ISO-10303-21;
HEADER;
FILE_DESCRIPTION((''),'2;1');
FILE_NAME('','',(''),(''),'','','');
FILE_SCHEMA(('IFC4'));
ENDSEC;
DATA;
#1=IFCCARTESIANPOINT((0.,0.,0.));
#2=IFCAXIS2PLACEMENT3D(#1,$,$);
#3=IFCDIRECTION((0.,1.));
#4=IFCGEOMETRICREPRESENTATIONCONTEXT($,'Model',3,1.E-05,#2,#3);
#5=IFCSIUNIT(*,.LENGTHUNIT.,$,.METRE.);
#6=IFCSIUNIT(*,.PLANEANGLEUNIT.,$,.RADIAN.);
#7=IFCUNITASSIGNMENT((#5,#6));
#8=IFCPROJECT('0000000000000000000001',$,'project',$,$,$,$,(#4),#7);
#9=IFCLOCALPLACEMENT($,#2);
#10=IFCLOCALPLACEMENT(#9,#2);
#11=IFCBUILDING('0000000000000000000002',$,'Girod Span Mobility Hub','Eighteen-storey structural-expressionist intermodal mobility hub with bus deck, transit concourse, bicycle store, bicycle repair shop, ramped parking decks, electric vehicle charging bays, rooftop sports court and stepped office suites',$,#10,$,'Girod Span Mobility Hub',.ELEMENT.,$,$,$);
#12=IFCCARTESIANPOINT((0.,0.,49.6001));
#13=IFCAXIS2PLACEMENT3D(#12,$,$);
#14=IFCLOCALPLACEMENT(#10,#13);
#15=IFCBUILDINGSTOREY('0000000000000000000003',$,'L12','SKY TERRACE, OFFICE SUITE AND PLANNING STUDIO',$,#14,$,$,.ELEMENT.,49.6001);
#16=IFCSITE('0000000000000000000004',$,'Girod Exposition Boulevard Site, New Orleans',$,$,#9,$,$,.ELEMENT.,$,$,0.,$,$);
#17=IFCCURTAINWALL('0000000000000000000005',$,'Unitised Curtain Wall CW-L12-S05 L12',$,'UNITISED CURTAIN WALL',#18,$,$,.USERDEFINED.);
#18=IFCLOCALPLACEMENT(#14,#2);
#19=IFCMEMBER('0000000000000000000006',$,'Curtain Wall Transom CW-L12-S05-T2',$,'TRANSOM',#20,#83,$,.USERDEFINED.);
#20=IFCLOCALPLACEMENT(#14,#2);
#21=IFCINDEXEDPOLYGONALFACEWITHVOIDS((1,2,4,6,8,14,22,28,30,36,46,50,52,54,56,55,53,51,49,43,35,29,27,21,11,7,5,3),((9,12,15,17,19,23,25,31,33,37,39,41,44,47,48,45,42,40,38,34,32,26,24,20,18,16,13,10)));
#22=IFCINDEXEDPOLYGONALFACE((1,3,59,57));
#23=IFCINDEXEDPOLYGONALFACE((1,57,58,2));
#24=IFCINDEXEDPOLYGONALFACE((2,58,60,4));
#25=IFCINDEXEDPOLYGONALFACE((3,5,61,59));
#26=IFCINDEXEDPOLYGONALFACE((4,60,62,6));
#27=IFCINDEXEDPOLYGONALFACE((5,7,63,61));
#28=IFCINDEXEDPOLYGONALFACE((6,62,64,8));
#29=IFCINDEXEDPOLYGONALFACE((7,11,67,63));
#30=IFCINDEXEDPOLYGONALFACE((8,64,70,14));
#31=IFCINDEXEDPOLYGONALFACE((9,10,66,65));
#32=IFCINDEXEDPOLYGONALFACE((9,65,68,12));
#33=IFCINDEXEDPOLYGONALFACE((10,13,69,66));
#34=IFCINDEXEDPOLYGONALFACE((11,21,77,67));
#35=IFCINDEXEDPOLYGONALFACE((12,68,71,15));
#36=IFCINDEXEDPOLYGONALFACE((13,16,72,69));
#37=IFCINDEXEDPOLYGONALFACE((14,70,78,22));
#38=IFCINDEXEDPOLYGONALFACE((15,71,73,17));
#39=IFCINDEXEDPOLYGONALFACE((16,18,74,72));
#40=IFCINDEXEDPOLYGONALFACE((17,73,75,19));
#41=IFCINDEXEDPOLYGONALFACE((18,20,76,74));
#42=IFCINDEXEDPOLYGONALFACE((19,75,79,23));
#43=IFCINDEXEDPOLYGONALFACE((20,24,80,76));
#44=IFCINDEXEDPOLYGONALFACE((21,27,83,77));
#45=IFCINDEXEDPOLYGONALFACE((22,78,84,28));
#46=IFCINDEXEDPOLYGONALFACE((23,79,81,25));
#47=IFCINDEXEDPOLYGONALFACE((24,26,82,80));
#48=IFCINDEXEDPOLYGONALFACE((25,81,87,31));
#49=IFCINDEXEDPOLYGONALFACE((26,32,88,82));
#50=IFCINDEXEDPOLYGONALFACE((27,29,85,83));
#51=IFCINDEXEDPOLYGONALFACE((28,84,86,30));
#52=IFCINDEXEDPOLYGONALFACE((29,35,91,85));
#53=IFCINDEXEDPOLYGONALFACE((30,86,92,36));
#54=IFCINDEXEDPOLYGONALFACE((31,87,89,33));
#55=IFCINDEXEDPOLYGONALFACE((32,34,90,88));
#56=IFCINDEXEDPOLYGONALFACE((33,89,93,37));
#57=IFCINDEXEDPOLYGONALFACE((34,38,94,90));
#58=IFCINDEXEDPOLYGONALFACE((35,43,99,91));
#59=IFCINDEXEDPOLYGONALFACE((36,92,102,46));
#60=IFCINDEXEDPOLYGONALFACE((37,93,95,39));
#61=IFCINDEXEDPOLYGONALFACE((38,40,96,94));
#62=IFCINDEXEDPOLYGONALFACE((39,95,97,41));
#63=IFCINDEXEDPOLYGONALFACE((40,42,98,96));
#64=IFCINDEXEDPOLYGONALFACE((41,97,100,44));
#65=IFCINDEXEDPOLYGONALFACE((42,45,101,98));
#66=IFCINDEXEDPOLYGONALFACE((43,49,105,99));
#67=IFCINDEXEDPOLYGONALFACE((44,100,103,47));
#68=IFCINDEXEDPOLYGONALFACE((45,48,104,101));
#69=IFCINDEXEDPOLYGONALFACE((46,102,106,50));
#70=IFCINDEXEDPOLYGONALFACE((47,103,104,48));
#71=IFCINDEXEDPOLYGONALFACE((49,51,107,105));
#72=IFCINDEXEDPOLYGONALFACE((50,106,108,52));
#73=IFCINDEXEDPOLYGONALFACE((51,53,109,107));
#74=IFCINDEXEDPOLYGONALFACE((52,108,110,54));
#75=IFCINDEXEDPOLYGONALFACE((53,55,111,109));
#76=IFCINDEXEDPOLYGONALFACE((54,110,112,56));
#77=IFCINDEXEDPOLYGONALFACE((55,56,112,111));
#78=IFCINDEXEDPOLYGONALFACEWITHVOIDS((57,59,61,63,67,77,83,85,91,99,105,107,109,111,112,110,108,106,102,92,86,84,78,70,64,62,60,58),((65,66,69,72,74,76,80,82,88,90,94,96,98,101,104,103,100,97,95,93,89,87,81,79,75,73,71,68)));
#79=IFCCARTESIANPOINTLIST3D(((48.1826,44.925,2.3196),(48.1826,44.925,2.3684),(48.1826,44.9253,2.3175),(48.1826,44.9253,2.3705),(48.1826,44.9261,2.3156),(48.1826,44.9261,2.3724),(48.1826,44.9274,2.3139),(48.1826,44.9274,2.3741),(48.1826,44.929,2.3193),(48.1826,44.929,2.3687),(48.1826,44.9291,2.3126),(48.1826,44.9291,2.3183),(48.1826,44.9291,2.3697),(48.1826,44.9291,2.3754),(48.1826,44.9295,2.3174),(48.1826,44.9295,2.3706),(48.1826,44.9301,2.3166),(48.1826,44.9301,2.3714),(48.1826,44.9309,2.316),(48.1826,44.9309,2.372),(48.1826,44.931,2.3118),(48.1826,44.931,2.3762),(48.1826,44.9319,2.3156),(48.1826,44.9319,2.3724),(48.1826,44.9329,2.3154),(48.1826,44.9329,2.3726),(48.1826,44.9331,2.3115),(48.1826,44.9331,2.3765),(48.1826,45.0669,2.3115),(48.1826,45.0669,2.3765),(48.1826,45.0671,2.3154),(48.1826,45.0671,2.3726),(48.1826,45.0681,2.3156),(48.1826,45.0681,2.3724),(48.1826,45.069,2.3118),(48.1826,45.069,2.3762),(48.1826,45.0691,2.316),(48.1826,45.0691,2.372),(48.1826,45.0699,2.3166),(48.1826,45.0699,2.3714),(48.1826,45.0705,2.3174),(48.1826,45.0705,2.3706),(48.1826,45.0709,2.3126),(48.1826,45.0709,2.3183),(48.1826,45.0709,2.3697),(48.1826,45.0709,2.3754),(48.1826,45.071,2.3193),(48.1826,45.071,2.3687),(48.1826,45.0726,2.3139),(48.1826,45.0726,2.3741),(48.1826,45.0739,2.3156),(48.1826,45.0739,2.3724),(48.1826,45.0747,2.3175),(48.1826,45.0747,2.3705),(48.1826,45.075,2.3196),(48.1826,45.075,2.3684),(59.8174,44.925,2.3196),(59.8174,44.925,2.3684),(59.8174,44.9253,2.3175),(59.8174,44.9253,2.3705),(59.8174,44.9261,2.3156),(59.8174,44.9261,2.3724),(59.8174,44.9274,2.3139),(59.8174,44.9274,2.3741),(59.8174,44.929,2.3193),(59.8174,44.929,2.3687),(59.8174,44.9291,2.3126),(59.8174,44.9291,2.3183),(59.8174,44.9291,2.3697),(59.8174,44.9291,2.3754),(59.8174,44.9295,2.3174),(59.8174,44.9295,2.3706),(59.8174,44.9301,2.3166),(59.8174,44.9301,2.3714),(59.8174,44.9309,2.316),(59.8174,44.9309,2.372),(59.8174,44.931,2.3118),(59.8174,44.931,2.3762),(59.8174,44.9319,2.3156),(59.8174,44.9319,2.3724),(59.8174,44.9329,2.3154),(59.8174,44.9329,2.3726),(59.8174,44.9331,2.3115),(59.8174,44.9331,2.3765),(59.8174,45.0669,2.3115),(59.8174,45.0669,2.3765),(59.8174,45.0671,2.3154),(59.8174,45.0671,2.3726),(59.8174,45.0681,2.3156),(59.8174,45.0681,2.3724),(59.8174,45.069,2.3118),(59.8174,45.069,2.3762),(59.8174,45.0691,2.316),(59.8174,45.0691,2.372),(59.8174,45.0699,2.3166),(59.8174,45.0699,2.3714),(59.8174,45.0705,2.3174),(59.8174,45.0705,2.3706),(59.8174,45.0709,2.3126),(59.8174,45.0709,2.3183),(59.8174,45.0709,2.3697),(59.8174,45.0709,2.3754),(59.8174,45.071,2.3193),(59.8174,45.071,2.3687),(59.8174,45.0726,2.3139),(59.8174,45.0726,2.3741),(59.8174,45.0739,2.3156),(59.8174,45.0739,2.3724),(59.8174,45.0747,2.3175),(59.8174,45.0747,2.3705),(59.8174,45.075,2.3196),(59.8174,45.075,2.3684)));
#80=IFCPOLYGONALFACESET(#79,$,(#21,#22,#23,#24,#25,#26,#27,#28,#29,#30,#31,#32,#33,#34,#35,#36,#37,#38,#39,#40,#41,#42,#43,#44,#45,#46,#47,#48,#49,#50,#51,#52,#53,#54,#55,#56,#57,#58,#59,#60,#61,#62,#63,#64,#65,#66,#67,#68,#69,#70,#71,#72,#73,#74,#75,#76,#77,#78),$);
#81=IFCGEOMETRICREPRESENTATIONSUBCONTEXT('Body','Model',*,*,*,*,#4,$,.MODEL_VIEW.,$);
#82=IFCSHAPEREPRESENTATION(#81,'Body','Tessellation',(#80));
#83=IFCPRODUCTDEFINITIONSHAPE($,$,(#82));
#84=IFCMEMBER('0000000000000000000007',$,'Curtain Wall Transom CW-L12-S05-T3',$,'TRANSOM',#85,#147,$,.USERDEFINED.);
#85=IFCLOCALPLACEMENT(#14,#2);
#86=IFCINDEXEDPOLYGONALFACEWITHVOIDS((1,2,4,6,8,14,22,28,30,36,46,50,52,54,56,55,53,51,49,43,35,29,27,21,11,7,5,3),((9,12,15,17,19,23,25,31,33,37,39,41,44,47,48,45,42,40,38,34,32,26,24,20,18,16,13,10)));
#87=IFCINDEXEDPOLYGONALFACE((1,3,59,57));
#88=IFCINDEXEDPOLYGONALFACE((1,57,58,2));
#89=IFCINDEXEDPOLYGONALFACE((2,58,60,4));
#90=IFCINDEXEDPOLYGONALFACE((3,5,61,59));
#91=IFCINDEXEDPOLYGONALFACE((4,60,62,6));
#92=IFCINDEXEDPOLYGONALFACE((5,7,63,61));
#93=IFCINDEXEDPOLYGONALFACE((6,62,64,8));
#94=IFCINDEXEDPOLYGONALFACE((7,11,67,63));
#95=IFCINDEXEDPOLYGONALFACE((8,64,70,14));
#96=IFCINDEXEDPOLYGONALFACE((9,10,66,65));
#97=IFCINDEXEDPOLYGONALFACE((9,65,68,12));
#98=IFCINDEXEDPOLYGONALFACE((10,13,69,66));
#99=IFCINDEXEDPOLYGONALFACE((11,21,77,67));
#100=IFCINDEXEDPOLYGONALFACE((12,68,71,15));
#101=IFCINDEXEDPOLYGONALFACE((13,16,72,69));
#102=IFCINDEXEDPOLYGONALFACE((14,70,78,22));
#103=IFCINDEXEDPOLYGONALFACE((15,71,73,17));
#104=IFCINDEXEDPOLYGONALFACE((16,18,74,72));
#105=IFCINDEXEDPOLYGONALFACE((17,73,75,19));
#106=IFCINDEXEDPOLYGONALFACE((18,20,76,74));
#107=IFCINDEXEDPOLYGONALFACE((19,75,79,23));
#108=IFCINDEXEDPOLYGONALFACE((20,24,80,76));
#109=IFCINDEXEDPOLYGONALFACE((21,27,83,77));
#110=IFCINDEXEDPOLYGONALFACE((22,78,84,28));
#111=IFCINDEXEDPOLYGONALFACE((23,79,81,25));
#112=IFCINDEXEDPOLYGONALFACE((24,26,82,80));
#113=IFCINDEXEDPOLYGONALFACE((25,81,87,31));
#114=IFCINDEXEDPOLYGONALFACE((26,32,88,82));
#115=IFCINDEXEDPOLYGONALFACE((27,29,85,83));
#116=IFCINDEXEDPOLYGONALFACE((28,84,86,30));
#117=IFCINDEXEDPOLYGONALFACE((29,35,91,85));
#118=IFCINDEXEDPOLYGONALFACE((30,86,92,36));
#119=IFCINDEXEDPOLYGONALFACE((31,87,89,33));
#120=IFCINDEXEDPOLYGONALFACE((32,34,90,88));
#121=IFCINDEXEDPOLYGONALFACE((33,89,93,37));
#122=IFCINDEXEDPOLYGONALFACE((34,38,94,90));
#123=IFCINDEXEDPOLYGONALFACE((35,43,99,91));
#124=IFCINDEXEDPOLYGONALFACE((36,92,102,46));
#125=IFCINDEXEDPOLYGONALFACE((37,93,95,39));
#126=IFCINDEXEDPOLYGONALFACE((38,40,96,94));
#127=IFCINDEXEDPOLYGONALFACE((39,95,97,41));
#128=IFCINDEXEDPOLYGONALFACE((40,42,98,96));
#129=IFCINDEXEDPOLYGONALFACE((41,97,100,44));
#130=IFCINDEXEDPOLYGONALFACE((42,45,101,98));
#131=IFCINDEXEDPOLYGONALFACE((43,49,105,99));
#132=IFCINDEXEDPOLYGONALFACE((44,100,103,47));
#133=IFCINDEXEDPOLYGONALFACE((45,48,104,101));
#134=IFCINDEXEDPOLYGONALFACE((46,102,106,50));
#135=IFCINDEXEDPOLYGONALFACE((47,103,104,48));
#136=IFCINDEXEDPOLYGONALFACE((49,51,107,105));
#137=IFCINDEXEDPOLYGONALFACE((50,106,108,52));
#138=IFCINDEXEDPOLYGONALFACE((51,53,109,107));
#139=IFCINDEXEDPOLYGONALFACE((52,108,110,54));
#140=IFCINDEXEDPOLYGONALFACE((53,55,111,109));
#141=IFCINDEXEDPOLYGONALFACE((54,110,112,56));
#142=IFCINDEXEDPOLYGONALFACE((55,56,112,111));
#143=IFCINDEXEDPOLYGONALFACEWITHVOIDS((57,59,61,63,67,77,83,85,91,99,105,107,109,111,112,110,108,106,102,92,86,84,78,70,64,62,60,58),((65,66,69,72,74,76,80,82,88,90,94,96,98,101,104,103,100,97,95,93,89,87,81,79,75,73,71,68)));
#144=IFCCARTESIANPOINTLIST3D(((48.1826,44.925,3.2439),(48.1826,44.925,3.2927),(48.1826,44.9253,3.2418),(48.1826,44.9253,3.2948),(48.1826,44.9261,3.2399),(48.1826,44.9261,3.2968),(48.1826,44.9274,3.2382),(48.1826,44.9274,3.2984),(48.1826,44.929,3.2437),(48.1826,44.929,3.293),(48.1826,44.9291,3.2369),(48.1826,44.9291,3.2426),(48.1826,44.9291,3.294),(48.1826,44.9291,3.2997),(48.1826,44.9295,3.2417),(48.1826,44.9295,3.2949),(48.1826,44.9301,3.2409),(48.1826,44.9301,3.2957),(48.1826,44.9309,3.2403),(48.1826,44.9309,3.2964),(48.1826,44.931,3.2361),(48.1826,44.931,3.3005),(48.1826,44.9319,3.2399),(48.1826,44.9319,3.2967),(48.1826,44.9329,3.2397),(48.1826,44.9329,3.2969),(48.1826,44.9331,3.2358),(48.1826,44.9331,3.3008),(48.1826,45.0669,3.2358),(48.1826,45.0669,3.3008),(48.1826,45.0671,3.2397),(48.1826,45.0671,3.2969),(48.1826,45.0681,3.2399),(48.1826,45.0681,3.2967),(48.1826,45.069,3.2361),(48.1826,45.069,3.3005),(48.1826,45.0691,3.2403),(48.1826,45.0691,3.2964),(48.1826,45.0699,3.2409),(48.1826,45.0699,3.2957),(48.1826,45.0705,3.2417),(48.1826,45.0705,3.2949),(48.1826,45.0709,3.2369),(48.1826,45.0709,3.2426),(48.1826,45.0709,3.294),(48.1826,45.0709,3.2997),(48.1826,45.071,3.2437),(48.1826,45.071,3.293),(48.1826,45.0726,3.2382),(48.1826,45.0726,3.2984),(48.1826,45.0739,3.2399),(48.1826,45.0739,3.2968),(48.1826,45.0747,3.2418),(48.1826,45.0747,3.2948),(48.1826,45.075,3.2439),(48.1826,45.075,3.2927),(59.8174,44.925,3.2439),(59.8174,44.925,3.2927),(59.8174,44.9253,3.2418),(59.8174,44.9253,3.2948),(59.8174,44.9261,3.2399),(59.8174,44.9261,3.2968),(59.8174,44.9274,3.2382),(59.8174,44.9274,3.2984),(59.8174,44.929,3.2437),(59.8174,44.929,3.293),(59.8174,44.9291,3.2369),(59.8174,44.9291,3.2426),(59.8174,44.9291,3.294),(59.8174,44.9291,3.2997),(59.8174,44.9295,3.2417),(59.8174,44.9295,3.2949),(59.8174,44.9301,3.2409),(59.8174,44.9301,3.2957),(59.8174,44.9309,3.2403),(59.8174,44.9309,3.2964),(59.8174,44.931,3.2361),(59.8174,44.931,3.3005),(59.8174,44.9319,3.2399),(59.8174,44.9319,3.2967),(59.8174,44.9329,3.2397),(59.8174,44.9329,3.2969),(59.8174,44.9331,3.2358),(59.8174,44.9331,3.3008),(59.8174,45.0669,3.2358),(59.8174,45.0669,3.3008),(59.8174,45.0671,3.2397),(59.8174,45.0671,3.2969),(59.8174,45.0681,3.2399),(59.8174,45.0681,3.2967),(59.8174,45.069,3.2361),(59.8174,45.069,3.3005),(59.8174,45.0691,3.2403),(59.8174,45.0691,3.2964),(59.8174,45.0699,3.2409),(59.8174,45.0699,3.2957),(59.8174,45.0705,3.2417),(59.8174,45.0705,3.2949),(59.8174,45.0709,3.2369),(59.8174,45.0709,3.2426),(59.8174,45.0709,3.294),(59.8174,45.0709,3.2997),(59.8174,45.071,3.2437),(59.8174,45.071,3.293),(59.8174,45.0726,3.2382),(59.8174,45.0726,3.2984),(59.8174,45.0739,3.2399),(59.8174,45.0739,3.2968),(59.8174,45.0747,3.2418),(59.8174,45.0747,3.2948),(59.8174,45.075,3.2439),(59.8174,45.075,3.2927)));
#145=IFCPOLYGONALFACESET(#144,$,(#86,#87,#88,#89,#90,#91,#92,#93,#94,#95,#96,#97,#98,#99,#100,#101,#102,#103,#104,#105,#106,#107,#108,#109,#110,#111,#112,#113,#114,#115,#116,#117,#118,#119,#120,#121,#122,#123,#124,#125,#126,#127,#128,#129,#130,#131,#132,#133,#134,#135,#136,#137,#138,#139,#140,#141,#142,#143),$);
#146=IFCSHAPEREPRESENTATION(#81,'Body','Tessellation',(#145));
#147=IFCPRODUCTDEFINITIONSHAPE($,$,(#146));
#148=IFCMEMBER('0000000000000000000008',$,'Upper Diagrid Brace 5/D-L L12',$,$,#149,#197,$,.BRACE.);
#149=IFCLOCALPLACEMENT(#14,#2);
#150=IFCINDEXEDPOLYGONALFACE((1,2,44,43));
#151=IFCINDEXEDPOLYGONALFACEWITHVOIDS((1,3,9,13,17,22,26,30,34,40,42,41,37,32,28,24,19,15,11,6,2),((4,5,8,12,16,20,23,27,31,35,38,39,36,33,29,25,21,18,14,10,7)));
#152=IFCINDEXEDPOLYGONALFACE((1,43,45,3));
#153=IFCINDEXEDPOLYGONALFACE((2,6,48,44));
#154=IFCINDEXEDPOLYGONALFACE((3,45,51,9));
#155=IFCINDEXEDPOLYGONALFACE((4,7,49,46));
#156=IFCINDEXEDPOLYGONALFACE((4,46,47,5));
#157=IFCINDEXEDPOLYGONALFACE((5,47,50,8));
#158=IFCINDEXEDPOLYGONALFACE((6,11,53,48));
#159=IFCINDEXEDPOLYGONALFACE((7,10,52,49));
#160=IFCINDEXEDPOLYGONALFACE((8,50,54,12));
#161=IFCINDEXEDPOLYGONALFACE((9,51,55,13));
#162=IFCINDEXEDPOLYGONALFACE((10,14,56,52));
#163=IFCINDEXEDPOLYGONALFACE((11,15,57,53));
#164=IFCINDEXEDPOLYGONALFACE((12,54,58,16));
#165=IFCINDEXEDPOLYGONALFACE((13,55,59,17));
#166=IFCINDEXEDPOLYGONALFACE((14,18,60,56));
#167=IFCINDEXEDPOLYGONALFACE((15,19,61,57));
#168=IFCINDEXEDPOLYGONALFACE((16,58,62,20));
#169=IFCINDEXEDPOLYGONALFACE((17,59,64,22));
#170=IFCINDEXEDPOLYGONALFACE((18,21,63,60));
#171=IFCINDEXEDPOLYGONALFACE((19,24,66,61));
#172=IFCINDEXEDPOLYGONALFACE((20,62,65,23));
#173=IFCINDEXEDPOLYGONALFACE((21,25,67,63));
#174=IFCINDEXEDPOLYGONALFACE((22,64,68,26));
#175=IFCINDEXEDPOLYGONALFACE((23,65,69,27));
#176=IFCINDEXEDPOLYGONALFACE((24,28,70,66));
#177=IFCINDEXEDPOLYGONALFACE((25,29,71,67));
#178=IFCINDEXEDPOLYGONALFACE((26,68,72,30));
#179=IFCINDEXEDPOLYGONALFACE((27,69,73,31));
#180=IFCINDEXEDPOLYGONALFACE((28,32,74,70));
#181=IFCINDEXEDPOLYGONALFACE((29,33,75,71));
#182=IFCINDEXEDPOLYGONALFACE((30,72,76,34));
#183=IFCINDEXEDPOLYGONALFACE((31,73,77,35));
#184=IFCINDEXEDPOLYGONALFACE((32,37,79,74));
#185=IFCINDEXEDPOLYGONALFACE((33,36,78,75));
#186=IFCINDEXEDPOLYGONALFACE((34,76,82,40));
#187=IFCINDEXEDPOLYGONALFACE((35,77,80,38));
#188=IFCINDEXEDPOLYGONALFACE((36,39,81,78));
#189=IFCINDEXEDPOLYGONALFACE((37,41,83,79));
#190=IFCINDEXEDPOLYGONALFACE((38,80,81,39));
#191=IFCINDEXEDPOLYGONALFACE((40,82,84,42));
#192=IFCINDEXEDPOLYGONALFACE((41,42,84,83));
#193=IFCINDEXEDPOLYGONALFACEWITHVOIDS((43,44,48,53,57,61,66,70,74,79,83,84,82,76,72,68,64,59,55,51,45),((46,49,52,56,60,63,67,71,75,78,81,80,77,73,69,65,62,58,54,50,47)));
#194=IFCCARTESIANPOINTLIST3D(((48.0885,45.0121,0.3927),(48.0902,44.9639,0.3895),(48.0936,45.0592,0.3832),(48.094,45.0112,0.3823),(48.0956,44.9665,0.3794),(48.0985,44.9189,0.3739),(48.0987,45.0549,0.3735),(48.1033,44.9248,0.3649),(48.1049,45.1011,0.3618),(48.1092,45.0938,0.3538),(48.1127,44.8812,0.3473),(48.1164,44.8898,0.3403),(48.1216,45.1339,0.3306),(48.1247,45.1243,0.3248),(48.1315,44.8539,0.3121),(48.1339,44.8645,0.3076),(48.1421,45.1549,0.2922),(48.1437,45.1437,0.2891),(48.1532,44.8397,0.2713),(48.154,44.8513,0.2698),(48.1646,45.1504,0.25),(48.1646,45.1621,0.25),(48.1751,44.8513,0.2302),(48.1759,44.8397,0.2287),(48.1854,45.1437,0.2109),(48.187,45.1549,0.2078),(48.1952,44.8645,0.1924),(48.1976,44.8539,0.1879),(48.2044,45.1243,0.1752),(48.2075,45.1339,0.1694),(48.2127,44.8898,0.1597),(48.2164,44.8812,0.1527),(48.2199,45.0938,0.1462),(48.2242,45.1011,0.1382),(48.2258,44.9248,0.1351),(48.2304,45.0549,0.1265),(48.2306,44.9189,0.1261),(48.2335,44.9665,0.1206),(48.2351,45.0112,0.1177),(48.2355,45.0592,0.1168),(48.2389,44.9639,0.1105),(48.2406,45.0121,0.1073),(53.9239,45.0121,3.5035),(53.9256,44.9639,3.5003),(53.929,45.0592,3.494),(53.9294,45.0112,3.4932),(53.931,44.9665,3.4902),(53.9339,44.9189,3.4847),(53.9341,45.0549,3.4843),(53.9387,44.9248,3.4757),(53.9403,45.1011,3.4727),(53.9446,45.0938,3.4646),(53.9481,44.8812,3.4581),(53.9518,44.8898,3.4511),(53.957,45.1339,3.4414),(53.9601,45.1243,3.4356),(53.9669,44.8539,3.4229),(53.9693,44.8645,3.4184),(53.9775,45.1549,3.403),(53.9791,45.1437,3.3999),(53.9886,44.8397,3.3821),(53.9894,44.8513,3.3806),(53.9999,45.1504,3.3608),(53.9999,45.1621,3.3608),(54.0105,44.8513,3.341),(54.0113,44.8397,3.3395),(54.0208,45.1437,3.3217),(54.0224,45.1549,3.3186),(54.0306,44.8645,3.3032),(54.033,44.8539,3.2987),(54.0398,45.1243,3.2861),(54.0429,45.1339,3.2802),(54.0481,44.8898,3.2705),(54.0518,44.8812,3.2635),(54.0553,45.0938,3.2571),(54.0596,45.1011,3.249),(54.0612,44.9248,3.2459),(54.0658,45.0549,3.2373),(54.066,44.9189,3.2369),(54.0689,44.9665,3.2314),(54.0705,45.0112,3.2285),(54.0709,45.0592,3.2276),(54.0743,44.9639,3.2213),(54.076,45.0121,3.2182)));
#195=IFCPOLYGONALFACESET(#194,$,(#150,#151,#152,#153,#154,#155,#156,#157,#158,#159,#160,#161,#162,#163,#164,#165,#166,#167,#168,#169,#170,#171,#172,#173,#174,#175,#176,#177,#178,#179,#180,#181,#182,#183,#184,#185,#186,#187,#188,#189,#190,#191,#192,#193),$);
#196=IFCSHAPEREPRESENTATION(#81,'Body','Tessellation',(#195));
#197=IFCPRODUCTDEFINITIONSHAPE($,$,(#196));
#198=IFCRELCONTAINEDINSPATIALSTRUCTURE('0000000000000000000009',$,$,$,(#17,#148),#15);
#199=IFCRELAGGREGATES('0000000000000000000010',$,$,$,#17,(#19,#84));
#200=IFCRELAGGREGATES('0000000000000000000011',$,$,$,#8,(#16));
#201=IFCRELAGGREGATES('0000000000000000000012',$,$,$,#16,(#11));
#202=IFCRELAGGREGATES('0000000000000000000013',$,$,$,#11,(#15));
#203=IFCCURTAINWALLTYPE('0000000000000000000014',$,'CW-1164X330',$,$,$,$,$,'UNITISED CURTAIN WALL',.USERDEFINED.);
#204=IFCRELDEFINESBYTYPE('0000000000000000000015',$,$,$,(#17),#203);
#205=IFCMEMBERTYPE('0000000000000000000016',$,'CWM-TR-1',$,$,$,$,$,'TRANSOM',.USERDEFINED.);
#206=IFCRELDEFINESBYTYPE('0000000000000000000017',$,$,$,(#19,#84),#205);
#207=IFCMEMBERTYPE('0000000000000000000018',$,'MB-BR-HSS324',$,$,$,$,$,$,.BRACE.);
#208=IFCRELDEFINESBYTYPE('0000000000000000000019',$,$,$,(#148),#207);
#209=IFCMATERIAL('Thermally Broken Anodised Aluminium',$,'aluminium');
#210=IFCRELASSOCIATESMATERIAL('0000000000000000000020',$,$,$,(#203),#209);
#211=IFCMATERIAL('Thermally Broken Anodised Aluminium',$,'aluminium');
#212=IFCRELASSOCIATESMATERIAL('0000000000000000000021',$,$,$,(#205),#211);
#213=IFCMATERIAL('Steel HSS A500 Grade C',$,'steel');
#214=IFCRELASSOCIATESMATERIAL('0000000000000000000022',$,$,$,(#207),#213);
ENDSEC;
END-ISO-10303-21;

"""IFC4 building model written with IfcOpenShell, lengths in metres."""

from ifc_helpers import new_model, si_unit, direction, frame, origin, origin_2d, place, context, subcontext, project, spatial, hollow_rectangle, hollow_circle, extrude, material, material_profile, profile_set, type_object, element, aggregate, save


model = new_model("IFC4")

# Units and contexts
model_context = context("Model", 3, precision=1e-05, world=origin(), true_north=direction((0.0, 1.0)))
body_context = subcontext(model_context, "Body", "Model", "MODEL_VIEW")
ifc_project = project(units=[si_unit("LENGTHUNIT", "METRE"), si_unit("PLANEANGLEUNIT", "RADIAN")], contexts=[model_context])

# Site, building, storey
site_placement = place(None, origin())
site = spatial("IfcSite", under=ifc_project, at=site_placement, Name="Girod Exposition Boulevard Site, New Orleans", CompositionType="ELEMENT", RefElevation=0.0)
building_placement = place(site_placement, origin())
building = spatial("IfcBuilding", under=site, at=building_placement, Name="Girod Span Mobility Hub", Description="Eighteen-storey structural-expressionist intermodal mobility hub with bus deck, transit concourse, bicycle store, bicycle repair shop, ramped parking decks, electric vehicle charging bays, rooftop sports court and stepped office suites", LongName="Girod Span Mobility Hub", CompositionType="ELEMENT")
storey_placement = place(building_placement, frame((0.0, 0.0, 49.6001)))
storey = spatial("IfcBuildingStorey", under=building, at=storey_placement, Name="L12", Description="SKY TERRACE, OFFICE SUITE AND PLANNING STUDIO", CompositionType="ELEMENT", Elevation=49.6001)

# Curtain wall, members
ifc_material_1 = material(Name="Thermally Broken Anodised Aluminium", Category="aluminium")
curtain_wall_type = type_object("IfcCurtainWallType", Name="CW-1164X330", ElementType="UNITISED CURTAIN WALL", PredefinedType="USERDEFINED", material=ifc_material_1)
curtain_wall_placement = place(storey_placement, origin())
curtain_wall = element("IfcCurtainWall", 1, at=curtain_wall_placement, inside=storey, type_object=curtain_wall_type, Name="Unitised Curtain Wall CW-L12-S05 L12", ObjectType="UNITISED CURTAIN WALL", PredefinedType="USERDEFINED")
ifc_material_2 = material(Name="Thermally Broken Anodised Aluminium", Category="aluminium")
ifc_material_profile_1 = material_profile(ifc_material_2, hollow_rectangle(XDim=0.1499, YDim=0.0649, WallThickness=0.0039, InnerFilletRadius=0.0039, OuterFilletRadius=0.0081, at=origin_2d()), Name="CW-TR-65X150")
ifc_profile_set_1 = profile_set([ifc_material_profile_1], Name="Thermally Broken Anodised Aluminium")
member_type_1 = type_object("IfcMemberType", Name="CWM-TR-1", ElementType="TRANSOM", PredefinedType="USERDEFINED", material=ifc_profile_set_1)
member_1_placement = place(storey_placement, frame((48.1826, 45.0, 2.344), z_axis=(1.0, 0.0, 0.0), x_axis=(0.0, 1.0, 0.0)))
member_1 = element("IfcMember", 2, at=member_1_placement, type_object=member_type_1, Name="Curtain Wall Transom CW-L12-S05-T2", ObjectType="TRANSOM", PredefinedType="USERDEFINED", context=body_context, shape_type="SweptSolid", body=[
    extrude(hollow_rectangle(XDim=0.1499, YDim=0.0649, WallThickness=0.0039, InnerFilletRadius=0.0039, OuterFilletRadius=0.0081, at=origin_2d()), origin(), (0.0, 0.0, 1.0), 11.6348),
])
member_2_placement = place(storey_placement, frame((48.1826, 45.0, 3.2683), z_axis=(1.0, 0.0, 0.0), x_axis=(0.0, 1.0, 0.0)))
member_2 = element("IfcMember", 3, at=member_2_placement, type_object=member_type_1, Name="Curtain Wall Transom CW-L12-S05-T3", ObjectType="TRANSOM", PredefinedType="USERDEFINED", context=body_context, shape_type="SweptSolid", body=[
    extrude(hollow_rectangle(XDim=0.1499, YDim=0.0649, WallThickness=0.0039, InnerFilletRadius=0.0039, OuterFilletRadius=0.0081, at=origin_2d()), origin(), (0.0, 0.0, 1.0), 11.6348),
])

# Member
ifc_material_3 = material(Name="Steel HSS A500 Grade C", Category="steel")
ifc_material_profile_2 = material_profile(ifc_material_3, hollow_circle(Radius=0.1621, WallThickness=0.0117, at=origin_2d()), Name="HSS324X12.7")
ifc_profile_set_2 = profile_set([ifc_material_profile_2], Name="Steel HSS A500 Grade C")
member_type_2 = type_object("IfcMemberType", Name="MB-BR-HSS324", PredefinedType="BRACE", material=ifc_profile_set_2)
for number, where, z_axis, x_axis, name in (
    (4, (48.1646, 45.0, 0.25), (0.882441, 0.0, 0.470423), (0.0, 1.0, 0.0), "Upper Diagrid Brace 5/D-L L12"),
):
    element("IfcMember", number, at=place(storey_placement, frame(where, z_axis=z_axis, x_axis=x_axis)), inside=storey, type_object=member_type_2, Name=name, PredefinedType="BRACE", context=body_context, shape_type="SweptSolid", body=[
        extrude(hollow_circle(Radius=0.1621, WallThickness=0.0117, at=origin_2d()), origin(), (0.0, 0.0, 1.0), 6.6128),
    ])

aggregate(curtain_wall, [member_1, member_2])

save(model, "model.ifc")
